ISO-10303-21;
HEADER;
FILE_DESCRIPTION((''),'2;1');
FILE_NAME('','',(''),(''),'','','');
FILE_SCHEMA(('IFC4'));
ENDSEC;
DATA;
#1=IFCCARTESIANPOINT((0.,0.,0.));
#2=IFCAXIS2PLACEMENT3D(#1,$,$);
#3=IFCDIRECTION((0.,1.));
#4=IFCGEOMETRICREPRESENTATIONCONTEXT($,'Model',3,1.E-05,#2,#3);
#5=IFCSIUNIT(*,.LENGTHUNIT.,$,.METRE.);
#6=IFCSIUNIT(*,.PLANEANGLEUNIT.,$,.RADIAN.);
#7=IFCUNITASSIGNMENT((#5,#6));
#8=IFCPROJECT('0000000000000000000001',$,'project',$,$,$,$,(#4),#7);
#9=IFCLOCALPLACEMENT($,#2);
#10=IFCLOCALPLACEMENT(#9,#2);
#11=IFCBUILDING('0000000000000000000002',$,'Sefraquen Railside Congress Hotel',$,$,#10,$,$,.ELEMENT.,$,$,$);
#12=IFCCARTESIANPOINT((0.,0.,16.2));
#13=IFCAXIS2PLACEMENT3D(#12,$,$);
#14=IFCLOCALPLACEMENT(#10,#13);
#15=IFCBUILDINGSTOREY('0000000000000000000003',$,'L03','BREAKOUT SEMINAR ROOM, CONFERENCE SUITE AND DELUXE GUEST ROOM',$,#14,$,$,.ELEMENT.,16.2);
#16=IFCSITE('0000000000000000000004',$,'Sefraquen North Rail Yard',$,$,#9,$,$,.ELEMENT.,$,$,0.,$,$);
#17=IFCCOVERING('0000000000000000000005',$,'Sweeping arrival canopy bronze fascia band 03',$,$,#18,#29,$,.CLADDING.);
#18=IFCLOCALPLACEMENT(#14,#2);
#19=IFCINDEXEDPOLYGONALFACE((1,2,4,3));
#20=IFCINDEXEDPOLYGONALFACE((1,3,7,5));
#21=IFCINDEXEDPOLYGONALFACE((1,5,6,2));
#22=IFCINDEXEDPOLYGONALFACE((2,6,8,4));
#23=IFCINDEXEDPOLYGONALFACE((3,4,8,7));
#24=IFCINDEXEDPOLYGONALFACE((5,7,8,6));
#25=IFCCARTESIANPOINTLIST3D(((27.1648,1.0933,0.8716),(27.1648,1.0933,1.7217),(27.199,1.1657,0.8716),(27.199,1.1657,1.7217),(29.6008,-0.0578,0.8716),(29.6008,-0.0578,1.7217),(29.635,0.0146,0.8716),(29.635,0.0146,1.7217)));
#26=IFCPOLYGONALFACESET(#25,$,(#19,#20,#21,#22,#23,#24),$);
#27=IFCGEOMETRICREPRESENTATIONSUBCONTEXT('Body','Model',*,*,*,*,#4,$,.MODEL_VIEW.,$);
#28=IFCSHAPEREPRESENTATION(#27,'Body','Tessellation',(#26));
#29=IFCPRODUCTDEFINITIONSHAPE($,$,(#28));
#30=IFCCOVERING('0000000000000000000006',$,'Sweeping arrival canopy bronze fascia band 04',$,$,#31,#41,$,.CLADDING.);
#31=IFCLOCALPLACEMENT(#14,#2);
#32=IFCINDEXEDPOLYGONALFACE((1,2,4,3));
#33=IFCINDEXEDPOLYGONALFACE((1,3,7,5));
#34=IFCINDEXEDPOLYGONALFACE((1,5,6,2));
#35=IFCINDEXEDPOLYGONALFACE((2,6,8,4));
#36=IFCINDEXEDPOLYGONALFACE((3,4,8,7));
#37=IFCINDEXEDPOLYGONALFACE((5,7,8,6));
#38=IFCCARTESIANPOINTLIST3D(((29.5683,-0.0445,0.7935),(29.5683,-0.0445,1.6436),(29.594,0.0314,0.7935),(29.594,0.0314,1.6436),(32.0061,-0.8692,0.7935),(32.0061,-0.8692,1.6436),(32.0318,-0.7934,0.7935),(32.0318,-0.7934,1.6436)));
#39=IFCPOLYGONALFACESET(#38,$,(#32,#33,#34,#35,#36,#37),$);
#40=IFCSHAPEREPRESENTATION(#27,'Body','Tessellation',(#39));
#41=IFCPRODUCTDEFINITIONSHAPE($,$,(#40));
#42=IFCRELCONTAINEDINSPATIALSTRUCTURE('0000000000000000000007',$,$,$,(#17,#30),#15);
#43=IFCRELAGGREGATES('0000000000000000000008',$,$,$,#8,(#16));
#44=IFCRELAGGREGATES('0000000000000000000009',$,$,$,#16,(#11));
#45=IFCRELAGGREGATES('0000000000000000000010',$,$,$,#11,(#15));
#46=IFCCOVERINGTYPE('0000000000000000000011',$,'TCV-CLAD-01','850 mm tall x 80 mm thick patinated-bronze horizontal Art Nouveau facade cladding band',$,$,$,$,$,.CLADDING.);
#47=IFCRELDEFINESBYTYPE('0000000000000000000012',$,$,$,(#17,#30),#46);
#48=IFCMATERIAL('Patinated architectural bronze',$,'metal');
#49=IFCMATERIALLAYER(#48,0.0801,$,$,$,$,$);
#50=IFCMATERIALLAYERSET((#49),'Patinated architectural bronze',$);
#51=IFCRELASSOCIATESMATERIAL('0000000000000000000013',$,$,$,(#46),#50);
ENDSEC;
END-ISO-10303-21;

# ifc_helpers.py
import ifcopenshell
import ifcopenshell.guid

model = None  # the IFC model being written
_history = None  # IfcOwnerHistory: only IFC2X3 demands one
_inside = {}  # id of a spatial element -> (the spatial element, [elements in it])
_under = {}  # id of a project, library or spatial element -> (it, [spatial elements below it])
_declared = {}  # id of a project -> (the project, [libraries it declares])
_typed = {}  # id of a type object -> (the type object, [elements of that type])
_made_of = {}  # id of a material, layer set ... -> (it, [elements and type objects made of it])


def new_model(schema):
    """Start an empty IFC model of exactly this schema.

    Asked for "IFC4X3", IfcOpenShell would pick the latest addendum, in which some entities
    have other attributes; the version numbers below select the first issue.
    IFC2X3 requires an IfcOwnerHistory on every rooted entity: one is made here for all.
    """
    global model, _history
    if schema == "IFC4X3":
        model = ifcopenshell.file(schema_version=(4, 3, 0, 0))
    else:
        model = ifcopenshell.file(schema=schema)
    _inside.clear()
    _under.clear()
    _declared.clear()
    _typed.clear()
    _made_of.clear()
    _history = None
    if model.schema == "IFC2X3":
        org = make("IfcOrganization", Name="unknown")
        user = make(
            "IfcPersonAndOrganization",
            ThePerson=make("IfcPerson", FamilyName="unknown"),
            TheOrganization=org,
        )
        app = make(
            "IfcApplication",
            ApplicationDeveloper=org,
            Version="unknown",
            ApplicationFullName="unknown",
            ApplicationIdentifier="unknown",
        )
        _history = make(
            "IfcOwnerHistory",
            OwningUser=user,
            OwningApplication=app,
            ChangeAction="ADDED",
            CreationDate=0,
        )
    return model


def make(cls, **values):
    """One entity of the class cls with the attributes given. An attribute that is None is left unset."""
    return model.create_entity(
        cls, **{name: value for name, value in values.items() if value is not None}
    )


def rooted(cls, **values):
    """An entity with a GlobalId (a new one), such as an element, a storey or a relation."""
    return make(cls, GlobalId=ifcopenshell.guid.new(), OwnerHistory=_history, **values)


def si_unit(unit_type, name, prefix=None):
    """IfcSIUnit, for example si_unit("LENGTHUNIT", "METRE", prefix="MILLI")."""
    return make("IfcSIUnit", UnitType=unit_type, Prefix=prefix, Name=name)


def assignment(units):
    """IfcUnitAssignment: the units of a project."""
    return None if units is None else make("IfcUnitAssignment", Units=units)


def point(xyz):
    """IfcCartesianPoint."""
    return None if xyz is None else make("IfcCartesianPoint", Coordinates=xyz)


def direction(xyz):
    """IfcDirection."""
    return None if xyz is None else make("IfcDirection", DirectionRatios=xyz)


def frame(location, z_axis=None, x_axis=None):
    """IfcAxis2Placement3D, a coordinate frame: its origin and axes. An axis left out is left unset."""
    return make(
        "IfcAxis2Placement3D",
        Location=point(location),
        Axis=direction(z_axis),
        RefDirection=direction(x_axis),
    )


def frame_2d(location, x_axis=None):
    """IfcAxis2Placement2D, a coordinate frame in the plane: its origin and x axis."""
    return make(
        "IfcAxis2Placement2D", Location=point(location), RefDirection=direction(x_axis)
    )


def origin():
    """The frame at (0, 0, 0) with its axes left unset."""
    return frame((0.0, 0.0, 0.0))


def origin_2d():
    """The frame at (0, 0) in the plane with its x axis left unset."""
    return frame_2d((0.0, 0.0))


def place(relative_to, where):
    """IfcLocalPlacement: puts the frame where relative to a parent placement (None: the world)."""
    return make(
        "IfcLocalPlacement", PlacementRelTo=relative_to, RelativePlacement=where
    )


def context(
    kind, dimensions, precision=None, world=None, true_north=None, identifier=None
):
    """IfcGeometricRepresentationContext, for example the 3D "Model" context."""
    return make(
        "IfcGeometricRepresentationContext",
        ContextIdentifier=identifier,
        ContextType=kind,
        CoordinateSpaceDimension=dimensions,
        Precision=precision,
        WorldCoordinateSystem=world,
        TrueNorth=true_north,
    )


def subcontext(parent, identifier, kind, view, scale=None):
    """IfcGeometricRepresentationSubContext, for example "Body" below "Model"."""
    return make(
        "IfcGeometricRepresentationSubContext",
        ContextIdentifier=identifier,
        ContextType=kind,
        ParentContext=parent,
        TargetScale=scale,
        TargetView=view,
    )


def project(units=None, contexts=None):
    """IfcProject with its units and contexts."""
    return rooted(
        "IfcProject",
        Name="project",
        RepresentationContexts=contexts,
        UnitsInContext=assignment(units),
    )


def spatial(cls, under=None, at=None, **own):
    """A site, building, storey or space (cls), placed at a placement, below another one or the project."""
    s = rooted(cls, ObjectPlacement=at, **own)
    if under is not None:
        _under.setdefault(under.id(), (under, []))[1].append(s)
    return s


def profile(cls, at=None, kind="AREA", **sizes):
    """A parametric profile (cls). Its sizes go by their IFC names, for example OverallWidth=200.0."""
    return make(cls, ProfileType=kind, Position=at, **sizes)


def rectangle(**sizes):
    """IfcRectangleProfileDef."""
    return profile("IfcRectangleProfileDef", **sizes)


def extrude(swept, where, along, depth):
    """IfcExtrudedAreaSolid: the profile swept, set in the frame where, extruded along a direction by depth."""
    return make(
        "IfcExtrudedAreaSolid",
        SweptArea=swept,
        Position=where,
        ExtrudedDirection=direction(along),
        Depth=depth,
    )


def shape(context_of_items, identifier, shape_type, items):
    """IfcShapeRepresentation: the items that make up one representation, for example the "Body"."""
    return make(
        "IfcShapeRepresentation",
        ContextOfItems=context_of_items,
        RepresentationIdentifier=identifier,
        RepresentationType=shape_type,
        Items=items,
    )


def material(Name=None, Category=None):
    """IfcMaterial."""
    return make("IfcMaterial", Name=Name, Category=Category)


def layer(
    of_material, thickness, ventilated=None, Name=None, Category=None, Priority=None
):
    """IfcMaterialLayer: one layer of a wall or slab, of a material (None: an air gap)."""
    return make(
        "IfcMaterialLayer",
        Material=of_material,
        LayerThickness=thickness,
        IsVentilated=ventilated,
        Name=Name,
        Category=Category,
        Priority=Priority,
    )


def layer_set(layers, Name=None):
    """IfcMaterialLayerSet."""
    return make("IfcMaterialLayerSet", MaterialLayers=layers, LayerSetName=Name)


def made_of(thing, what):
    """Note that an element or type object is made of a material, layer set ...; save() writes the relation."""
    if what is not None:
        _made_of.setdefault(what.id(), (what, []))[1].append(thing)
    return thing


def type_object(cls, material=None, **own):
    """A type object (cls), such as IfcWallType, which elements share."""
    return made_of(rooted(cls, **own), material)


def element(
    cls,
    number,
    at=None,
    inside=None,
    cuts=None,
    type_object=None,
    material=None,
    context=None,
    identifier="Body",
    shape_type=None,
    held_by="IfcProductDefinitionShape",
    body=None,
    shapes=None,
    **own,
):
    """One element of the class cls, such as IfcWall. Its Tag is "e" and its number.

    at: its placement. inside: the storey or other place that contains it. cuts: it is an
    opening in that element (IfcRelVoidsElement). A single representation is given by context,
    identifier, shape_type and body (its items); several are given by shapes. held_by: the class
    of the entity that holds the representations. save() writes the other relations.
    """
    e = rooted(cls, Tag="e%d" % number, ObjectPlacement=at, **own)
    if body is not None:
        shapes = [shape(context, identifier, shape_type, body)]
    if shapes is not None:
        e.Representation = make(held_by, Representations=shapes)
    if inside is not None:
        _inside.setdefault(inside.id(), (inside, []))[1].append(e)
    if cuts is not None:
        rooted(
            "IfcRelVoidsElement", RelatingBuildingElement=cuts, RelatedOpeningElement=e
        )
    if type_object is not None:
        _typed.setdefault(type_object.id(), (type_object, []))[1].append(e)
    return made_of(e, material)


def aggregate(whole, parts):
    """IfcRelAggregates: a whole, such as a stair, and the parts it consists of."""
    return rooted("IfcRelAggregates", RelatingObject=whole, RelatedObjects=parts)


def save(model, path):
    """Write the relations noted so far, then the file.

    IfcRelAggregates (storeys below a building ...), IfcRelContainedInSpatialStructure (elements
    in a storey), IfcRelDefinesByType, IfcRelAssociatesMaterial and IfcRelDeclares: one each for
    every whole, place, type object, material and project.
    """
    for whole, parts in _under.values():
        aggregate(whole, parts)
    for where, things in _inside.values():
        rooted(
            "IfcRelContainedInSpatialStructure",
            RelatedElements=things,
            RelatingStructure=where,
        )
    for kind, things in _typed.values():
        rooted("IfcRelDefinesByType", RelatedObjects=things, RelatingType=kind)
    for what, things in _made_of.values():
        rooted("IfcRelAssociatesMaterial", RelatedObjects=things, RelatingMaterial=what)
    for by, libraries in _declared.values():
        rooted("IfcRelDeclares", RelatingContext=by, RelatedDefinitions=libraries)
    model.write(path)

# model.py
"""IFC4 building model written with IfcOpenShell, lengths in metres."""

from ifc_helpers import new_model, si_unit, direction, frame, origin, origin_2d, place, context, subcontext, project, spatial, rectangle, extrude, material, layer, layer_set, type_object, element, save


model = new_model("IFC4")

# Units and contexts
model_context = context("Model", 3, precision=1e-05, world=origin(), true_north=direction((0.0, 1.0)))
body_context = subcontext(model_context, "Body", "Model", "MODEL_VIEW")
ifc_project = project(units=[si_unit("LENGTHUNIT", "METRE"), si_unit("PLANEANGLEUNIT", "RADIAN")], contexts=[model_context])

# Site, building, storey
site_placement = place(None, origin())
site = spatial("IfcSite", under=ifc_project, at=site_placement, Name="Sefraquen North Rail Yard", CompositionType="ELEMENT", RefElevation=0.0)
building_placement = place(site_placement, origin())
building = spatial("IfcBuilding", under=site, at=building_placement, Name="Sefraquen Railside Congress Hotel", CompositionType="ELEMENT")
storey_placement = place(building_placement, frame((0.0, 0.0, 16.2)))
storey = spatial("IfcBuildingStorey", under=building, at=storey_placement, Name="L03", Description="BREAKOUT SEMINAR ROOM, CONFERENCE SUITE AND DELUXE GUEST ROOM", CompositionType="ELEMENT", Elevation=16.2)

# Coverings
ifc_material_1 = material(Name="Patinated architectural bronze", Category="metal")
ifc_layer_1 = layer(ifc_material_1, 0.0801)
ifc_layer_set_1 = layer_set([ifc_layer_1], Name="Patinated architectural bronze")
covering_type = type_object("IfcCoveringType", Name="TCV-CLAD-01", Description="850 mm tall x 80 mm thick patinated-bronze horizontal Art Nouveau facade cladding band", PredefinedType="CLADDING", material=ifc_layer_set_1)
covering_1_placement = place(storey_placement, frame((28.3999, 0.554, 0.8716), z_axis=(0.0, 0.0, 1.0), x_axis=(0.90415, -0.427216, 0.0)))
element("IfcCovering", 1, at=covering_1_placement, inside=storey, type_object=covering_type, Name="Sweeping arrival canopy bronze fascia band 03", PredefinedType="CLADDING", context=body_context, shape_type="SweptSolid", body=[
    extrude(rectangle(XDim=2.6943, YDim=0.0801, at=origin_2d()), origin(), (0.0, 0.0, 1.0), 0.8501),
])
covering_2_placement = place(storey_placement, frame((30.8, -0.4189, 0.7935), z_axis=(0.0, 0.0, 1.0), x_axis=(0.947255, -0.320481, 0.0)))
element("IfcCovering", 2, at=covering_2_placement, inside=storey, type_object=covering_type, Name="Sweeping arrival canopy bronze fascia band 04", PredefinedType="CLADDING", context=body_context, shape_type="SweptSolid", body=[
    extrude(rectangle(XDim=2.5735, YDim=0.0801, at=origin_2d()), origin(), (0.0, 0.0, 1.0), 0.8501),
])

save(model, "model.ifc")
